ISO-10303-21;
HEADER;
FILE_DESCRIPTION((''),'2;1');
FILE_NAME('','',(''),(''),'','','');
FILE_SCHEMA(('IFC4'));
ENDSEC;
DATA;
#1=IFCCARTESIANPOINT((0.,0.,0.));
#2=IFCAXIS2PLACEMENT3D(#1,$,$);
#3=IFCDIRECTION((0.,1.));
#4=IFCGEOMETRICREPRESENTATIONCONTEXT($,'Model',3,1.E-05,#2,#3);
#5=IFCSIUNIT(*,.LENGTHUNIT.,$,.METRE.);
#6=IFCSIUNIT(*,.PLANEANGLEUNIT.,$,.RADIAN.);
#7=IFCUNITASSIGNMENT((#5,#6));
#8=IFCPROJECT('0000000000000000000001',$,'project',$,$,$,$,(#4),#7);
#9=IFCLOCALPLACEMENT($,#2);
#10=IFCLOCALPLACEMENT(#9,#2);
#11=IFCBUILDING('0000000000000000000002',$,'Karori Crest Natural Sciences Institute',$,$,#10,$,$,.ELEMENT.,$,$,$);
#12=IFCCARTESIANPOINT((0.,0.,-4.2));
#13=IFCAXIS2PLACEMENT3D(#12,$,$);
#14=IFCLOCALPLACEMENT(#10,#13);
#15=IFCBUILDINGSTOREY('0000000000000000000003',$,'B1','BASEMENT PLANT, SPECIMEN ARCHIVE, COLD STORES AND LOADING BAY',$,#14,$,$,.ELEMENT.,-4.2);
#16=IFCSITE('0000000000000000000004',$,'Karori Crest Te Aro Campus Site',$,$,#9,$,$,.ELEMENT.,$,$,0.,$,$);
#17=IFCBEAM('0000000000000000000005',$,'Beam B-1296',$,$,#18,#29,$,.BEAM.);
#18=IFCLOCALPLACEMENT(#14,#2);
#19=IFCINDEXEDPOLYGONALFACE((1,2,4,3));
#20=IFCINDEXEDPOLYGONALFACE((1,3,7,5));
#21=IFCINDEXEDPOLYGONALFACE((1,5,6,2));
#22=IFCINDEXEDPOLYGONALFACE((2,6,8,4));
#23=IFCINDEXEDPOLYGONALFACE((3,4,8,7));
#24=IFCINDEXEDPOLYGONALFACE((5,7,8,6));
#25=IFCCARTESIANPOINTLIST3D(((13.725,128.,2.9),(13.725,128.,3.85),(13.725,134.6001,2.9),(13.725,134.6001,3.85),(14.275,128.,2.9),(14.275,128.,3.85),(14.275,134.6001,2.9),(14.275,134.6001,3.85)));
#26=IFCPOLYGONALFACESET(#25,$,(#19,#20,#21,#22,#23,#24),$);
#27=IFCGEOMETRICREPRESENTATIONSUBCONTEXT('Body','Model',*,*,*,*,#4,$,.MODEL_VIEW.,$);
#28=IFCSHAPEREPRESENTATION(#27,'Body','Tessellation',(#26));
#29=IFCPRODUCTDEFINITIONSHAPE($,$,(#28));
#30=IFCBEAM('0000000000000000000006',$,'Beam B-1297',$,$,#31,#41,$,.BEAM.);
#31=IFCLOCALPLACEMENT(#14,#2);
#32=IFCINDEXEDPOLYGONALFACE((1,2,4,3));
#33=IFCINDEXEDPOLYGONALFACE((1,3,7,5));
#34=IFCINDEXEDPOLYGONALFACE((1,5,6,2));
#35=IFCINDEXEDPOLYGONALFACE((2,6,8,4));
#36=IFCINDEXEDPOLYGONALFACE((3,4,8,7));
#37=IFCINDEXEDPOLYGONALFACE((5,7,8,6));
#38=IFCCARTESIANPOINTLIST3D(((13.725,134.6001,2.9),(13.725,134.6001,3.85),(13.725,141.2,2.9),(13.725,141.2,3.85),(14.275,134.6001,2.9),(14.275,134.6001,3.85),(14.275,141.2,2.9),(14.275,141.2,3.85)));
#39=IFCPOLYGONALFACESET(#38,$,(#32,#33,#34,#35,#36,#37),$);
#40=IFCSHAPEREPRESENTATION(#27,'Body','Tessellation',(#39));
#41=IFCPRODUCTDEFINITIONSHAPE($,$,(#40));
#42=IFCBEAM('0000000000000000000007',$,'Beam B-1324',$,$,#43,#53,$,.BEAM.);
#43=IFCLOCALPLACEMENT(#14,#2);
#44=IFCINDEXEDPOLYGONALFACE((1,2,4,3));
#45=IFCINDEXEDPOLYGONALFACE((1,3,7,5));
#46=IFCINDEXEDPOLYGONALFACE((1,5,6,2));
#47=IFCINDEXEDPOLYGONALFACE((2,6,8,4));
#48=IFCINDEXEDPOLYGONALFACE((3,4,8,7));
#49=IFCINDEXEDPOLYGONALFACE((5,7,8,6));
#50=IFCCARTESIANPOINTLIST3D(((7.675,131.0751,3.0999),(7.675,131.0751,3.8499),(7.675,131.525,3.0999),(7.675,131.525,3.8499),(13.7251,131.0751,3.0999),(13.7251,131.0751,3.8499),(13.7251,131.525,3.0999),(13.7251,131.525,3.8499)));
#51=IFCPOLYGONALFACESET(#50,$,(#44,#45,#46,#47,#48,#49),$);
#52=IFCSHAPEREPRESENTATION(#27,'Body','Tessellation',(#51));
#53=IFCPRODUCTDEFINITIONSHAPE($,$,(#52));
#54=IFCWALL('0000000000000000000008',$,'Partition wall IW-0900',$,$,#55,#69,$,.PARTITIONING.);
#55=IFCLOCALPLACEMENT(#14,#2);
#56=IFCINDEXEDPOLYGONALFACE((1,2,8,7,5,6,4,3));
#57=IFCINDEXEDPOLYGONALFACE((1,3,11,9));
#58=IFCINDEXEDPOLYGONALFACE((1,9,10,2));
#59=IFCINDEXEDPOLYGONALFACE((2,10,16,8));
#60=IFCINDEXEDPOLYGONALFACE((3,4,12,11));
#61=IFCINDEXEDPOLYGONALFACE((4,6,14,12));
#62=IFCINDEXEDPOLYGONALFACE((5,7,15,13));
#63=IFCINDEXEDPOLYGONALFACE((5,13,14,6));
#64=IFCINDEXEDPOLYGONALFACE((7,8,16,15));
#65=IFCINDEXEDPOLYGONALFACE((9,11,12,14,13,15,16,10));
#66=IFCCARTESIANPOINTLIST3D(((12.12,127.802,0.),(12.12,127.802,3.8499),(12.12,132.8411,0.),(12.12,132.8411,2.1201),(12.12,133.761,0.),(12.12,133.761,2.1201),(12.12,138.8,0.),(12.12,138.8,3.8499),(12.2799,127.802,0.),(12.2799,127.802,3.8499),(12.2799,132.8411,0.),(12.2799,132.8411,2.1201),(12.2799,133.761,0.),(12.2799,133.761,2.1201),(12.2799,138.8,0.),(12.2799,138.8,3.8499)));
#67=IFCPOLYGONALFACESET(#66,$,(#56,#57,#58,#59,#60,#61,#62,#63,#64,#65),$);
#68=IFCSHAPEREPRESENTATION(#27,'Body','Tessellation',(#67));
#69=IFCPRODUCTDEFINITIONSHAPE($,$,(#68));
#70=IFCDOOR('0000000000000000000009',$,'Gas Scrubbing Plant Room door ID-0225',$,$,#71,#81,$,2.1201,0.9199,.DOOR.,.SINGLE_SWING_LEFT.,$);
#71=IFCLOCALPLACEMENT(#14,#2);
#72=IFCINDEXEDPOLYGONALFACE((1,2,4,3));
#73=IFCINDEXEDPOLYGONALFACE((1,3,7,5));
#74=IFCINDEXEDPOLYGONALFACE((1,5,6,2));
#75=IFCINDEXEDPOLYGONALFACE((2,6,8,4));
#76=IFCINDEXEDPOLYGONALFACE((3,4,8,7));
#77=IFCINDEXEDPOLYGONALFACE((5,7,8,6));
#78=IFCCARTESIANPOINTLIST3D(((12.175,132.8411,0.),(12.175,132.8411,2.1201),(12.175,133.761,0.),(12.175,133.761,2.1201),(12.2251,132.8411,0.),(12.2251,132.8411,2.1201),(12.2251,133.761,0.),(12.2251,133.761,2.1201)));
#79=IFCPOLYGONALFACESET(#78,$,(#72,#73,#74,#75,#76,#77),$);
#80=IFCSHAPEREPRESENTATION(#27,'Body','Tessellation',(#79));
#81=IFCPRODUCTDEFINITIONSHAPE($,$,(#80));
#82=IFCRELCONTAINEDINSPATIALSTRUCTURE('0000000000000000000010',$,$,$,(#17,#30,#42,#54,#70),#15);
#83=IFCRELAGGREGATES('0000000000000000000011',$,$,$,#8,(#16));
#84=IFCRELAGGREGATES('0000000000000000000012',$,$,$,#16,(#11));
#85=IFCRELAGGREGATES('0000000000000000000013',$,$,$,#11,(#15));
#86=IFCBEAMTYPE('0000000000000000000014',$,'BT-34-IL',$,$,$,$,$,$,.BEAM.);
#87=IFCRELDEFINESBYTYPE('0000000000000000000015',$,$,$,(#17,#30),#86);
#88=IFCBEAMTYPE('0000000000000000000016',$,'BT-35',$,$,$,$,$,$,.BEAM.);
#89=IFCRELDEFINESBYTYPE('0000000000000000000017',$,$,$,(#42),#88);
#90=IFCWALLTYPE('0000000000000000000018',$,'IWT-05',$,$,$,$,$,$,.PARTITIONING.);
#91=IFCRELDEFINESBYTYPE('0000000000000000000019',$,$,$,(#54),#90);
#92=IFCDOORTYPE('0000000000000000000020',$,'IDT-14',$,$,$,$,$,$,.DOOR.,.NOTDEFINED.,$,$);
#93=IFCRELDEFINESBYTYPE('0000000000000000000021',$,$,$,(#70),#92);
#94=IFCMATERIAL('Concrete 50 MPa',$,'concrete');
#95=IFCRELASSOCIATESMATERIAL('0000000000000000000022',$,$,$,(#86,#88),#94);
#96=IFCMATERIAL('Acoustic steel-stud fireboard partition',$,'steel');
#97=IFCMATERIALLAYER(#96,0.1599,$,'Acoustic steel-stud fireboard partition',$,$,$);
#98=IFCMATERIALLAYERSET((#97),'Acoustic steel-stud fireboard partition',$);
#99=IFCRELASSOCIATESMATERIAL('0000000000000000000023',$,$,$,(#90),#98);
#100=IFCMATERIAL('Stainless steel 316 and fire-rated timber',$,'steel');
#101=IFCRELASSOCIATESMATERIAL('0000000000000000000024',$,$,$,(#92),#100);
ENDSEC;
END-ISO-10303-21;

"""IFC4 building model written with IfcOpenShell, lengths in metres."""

from ifc_helpers import new_model, si_unit, direction, frame, frame_2d, origin, origin_2d, place, context, subcontext, project, spatial, rectangle, extrude, material, layer, layer_set, material_profile, profile_set, type_object, element, fill, save


model = new_model("IFC4")

# Units and contexts
model_context = context("Model", 3, precision=1e-05, world=origin(), true_north=direction((0.0, 1.0)))
body_context = subcontext(model_context, "Body", "Model", "MODEL_VIEW")
ifc_project = project(units=[si_unit("LENGTHUNIT", "METRE"), si_unit("PLANEANGLEUNIT", "RADIAN")], contexts=[model_context])

# Site, building, storey
site_placement = place(None, origin())
site = spatial("IfcSite", under=ifc_project, at=site_placement, Name="Karori Crest Te Aro Campus Site", CompositionType="ELEMENT", RefElevation=0.0)
building_placement = place(site_placement, origin())
building = spatial("IfcBuilding", under=site, at=building_placement, Name="Karori Crest Natural Sciences Institute", CompositionType="ELEMENT")
storey_placement = place(building_placement, frame((0.0, 0.0, -4.2)))
storey = spatial("IfcBuildingStorey", under=building, at=storey_placement, Name="B1", Description="BASEMENT PLANT, SPECIMEN ARCHIVE, COLD STORES AND LOADING BAY", CompositionType="ELEMENT", Elevation=-4.2)

# Shared definitions
ifc_material_1 = material(Name="Concrete 50 MPa", Category="concrete")

# Beams
ifc_material_profile_1 = material_profile(ifc_material_1, rectangle(XDim=0.55, YDim=0.95, at=origin_2d()), Name="RCB550x950")
ifc_profile_set_1 = profile_set([ifc_material_profile_1], Name="Concrete 50 MPa")
beam_type_1 = type_object("IfcBeamType", Name="BT-34-IL", PredefinedType="BEAM", material=ifc_profile_set_1)
beam_1_placement = place(storey_placement, frame((14.0, 128.0, 3.375), z_axis=(0.0, 1.0, 0.0), x_axis=(-1.0, 0.0, 0.0)))
element("IfcBeam", 1, at=beam_1_placement, inside=storey, type_object=beam_type_1, Name="Beam B-1296", PredefinedType="BEAM", context=body_context, shape_type="SweptSolid", body=[
    extrude(rectangle(XDim=0.55, YDim=0.95, at=origin_2d()), origin(), (0.0, 0.0, 1.0), 6.6001),
])
beam_2_placement = place(storey_placement, frame((14.0, 134.6001, 3.375), z_axis=(0.0, 1.0, 0.0), x_axis=(-1.0, 0.0, 0.0)))
element("IfcBeam", 2, at=beam_2_placement, inside=storey, type_object=beam_type_1, Name="Beam B-1297", PredefinedType="BEAM", context=body_context, shape_type="SweptSolid", body=[
    extrude(rectangle(XDim=0.55, YDim=0.95, at=origin_2d()), origin(), (0.0, 0.0, 1.0), 6.5999),
])
ifc_material_profile_2 = material_profile(ifc_material_1, rectangle(XDim=0.45, YDim=0.75, at=origin_2d()), Name="RCB450x750")
ifc_profile_set_2 = profile_set([ifc_material_profile_2], Name="Concrete 50 MPa")
beam_type_2 = type_object("IfcBeamType", Name="BT-35", PredefinedType="BEAM", material=ifc_profile_set_2)
beam_3_placement = place(storey_placement, frame((7.675, 131.3, 3.4749), z_axis=(1.0, 0.0, 0.0), x_axis=(0.0, 1.0, 0.0)))
element("IfcBeam", 3, at=beam_3_placement, inside=storey, type_object=beam_type_2, Name="Beam B-1324", PredefinedType="BEAM", context=body_context, shape_type="SweptSolid", body=[
    extrude(rectangle(XDim=0.45, YDim=0.75, at=origin_2d()), origin(), (0.0, 0.0, 1.0), 6.05),
])

# Wall, opening, door
ifc_material_2 = material(Name="Acoustic steel-stud fireboard partition", Category="steel")
ifc_layer = layer(ifc_material_2, 0.1599, Name="Acoustic steel-stud fireboard partition")
ifc_layer_set = layer_set([ifc_layer], Name="Acoustic steel-stud fireboard partition")
wall_type = type_object("IfcWallType", Name="IWT-05", PredefinedType="PARTITIONING", material=ifc_layer_set)
wall_placement = place(storey_placement, frame((12.2, 127.802, 0.0), z_axis=(0.0, 0.0, 1.0), x_axis=(0.0, 1.0, 0.0)))
wall = element("IfcWall", 4, at=wall_placement, inside=storey, type_object=wall_type, Name="Partition wall IW-0900", PredefinedType="PARTITIONING", context=body_context, shape_type="SweptSolid", body=[
    extrude(rectangle(XDim=10.998, YDim=0.1599, at=frame_2d((5.499, 0.0))), origin(), (0.0, 0.0, 1.0), 3.8499),
])
opening_placement = place(wall_placement, frame((5.0391, 0.0, 0.0)))
opening = element("IfcOpeningElement", 5, at=opening_placement, cuts=wall, PredefinedType="OPENING", context=body_context, shape_type="SweptSolid", body=[
    extrude(rectangle(XDim=0.9199, YDim=2.1201, at=frame_2d((0.46, 1.0601))), frame((0.0, 0.0898, 0.0), z_axis=(0.0, -1.0, 0.0), x_axis=(1.0, 0.0, 0.0)), (0.0, 0.0, 1.0), 0.1799),
])
ifc_material_3 = material(Name="Stainless steel 316 and fire-rated timber", Category="steel")
door_type = type_object("IfcDoorType", Name="IDT-14", OperationType="NOTDEFINED", PredefinedType="DOOR", material=ifc_material_3)
door_placement = place(opening_placement, origin())
door = element("IfcDoor", 6, at=door_placement, inside=storey, type_object=door_type, Name="Gas Scrubbing Plant Room door ID-0225", OperationType="SINGLE_SWING_LEFT", OverallHeight=2.1201, OverallWidth=0.9199, PredefinedType="DOOR", context=body_context, shape_type="SweptSolid", body=[
    extrude(rectangle(XDim=0.9199, YDim=2.1201, at=frame_2d((0.46, 1.0601))), frame((0.0, 0.0249, 0.0), z_axis=(0.0, -1.0, 0.0), x_axis=(1.0, 0.0, 0.0)), (0.0, 0.0, 1.0), 0.05),
])
fill(opening, door)

save(model, "model.ifc")
